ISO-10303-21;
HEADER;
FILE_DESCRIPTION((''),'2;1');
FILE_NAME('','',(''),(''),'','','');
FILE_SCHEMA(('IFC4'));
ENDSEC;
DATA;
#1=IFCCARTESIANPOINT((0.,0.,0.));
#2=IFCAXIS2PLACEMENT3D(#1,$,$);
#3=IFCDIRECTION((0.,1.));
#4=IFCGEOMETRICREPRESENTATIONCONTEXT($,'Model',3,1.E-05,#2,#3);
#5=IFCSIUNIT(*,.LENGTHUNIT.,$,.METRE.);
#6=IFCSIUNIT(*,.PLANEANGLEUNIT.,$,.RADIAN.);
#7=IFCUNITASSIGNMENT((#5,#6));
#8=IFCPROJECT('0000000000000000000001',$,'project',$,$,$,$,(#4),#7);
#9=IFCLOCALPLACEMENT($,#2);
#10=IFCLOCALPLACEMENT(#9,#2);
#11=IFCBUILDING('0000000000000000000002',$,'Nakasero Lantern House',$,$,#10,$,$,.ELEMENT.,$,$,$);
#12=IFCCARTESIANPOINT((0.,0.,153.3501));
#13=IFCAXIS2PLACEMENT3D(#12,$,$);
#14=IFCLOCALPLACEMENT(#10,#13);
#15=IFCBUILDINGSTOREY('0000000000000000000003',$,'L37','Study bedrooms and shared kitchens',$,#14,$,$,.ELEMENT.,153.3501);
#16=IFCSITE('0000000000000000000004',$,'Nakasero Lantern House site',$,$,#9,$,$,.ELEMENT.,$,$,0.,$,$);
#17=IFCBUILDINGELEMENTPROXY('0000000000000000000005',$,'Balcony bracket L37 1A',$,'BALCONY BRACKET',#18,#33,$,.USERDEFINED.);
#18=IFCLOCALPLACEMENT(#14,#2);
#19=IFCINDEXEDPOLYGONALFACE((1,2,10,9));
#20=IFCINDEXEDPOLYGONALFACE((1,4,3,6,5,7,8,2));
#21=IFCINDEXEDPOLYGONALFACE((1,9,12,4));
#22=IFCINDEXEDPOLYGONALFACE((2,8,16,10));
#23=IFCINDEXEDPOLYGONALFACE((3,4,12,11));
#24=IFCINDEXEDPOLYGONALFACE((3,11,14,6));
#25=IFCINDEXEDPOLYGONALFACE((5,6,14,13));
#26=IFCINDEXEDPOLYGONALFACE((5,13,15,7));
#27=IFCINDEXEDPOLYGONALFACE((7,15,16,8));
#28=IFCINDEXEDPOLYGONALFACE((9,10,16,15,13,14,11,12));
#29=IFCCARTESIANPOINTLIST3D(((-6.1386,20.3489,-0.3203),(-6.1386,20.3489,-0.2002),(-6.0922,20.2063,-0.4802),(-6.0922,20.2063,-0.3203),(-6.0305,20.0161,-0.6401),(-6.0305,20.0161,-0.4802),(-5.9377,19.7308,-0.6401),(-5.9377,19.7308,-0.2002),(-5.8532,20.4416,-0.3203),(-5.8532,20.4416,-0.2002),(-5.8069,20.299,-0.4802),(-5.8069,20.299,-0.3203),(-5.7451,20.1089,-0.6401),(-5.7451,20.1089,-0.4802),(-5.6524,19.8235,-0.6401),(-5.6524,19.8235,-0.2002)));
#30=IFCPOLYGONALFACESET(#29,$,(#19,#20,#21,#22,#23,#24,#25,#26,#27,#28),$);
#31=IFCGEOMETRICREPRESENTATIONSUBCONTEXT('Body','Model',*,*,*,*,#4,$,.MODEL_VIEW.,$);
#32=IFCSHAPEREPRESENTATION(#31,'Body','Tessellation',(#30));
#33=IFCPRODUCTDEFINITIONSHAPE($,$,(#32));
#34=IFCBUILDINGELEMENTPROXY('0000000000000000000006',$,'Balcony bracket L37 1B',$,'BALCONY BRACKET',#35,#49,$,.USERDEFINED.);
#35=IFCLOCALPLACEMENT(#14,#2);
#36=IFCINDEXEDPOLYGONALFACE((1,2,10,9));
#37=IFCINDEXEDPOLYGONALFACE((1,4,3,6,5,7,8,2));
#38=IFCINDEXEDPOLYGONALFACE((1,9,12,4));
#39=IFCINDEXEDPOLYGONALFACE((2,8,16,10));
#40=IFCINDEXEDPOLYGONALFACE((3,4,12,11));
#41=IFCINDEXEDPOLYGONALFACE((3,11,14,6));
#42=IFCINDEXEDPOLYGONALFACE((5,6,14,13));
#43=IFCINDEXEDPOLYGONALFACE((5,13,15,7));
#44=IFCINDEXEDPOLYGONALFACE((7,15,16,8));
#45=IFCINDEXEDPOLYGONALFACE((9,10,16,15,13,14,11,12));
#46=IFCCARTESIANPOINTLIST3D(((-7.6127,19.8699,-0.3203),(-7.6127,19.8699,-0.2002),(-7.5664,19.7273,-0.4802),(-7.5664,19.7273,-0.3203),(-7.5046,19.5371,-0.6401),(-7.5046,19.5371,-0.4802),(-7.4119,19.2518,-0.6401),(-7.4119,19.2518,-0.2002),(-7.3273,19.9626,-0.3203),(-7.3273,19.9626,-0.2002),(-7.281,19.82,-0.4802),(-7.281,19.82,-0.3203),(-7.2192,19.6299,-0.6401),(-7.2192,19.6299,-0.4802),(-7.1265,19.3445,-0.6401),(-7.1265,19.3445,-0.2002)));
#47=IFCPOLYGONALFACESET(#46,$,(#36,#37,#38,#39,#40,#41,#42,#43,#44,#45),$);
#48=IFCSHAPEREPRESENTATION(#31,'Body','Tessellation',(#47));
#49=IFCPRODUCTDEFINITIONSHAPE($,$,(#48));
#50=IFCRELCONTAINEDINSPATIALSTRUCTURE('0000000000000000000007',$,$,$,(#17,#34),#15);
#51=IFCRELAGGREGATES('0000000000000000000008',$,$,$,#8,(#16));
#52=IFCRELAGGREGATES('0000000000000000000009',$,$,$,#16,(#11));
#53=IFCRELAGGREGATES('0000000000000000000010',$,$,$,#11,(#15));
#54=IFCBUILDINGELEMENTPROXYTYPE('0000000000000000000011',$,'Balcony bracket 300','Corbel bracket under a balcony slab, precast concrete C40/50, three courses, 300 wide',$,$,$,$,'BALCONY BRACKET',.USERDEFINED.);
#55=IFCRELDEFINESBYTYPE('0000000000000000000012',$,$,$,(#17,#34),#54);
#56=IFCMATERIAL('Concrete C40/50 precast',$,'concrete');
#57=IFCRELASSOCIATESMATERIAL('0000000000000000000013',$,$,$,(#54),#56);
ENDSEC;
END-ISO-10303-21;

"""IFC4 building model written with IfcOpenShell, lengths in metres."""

from ifc_helpers import new_model, si_unit, direction, frame, origin, place, context, subcontext, project, spatial, polyline, outline, extrude, material, type_object, element, save


model = new_model("IFC4")

# Units and contexts
model_context = context("Model", 3, precision=1e-05, world=origin(), true_north=direction((0.0, 1.0)))
body_context = subcontext(model_context, "Body", "Model", "MODEL_VIEW")
ifc_project = project(units=[si_unit("LENGTHUNIT", "METRE"), si_unit("PLANEANGLEUNIT", "RADIAN")], contexts=[model_context])

# Site, building, storey
site_placement = place(None, origin())
site = spatial("IfcSite", under=ifc_project, at=site_placement, Name="Nakasero Lantern House site", CompositionType="ELEMENT", RefElevation=0.0)
building_placement = place(site_placement, origin())
building = spatial("IfcBuilding", under=site, at=building_placement, Name="Nakasero Lantern House", CompositionType="ELEMENT")
storey_placement = place(building_placement, frame((0.0, 0.0, 153.3501)))
storey = spatial("IfcBuildingStorey", under=building, at=storey_placement, Name="L37", Description="Study bedrooms and shared kitchens", CompositionType="ELEMENT", Elevation=153.3501)

# Building element proxies
ifc_material_1 = material(Name="Concrete C40/50 precast", Category="concrete")
building_element_proxy_type = type_object("IfcBuildingElementProxyType", Name="Balcony bracket 300", Description="Corbel bracket under a balcony slab, precast concrete C40/50, three courses, 300 wide", ElementType="BALCONY BRACKET", PredefinedType="USERDEFINED", material=ifc_material_1)
for number, where, z_axis, x_axis, name in (
    (1, (-5.7952, 19.7771, -0.2002), (0.0, 0.0, 1.0), (-0.309017, 0.951057, 0.0), "Balcony bracket L37 1A"),
    (2, (-7.2693, 19.2981, -0.2002), (0.0, 0.0, 1.0), (-0.309017, 0.951057, 0.0), "Balcony bracket L37 1B"),
):
    element("IfcBuildingElementProxy", number, at=place(storey_placement, frame(where, z_axis=z_axis, x_axis=x_axis)), inside=storey, type_object=building_element_proxy_type, Name=name, ObjectType="BALCONY BRACKET", PredefinedType="USERDEFINED", context=body_context, shape_type="SweptSolid", body=[
        extrude(outline(polyline([(0.0, 0.0), (0.6499, 0.0), (0.6499, -0.1201), (0.5, -0.1201), (0.5, -0.28), (0.3, -0.28), (0.3, -0.4399), (0.0, -0.4399), (0.0, 0.0)])), frame((0.0, 0.1499, 0.0), z_axis=(0.0, -1.0, 0.0), x_axis=(1.0, 0.0, 0.0)), (0.0, 0.0, 1.0), 0.3),
    ])

save(model, "model.ifc")
